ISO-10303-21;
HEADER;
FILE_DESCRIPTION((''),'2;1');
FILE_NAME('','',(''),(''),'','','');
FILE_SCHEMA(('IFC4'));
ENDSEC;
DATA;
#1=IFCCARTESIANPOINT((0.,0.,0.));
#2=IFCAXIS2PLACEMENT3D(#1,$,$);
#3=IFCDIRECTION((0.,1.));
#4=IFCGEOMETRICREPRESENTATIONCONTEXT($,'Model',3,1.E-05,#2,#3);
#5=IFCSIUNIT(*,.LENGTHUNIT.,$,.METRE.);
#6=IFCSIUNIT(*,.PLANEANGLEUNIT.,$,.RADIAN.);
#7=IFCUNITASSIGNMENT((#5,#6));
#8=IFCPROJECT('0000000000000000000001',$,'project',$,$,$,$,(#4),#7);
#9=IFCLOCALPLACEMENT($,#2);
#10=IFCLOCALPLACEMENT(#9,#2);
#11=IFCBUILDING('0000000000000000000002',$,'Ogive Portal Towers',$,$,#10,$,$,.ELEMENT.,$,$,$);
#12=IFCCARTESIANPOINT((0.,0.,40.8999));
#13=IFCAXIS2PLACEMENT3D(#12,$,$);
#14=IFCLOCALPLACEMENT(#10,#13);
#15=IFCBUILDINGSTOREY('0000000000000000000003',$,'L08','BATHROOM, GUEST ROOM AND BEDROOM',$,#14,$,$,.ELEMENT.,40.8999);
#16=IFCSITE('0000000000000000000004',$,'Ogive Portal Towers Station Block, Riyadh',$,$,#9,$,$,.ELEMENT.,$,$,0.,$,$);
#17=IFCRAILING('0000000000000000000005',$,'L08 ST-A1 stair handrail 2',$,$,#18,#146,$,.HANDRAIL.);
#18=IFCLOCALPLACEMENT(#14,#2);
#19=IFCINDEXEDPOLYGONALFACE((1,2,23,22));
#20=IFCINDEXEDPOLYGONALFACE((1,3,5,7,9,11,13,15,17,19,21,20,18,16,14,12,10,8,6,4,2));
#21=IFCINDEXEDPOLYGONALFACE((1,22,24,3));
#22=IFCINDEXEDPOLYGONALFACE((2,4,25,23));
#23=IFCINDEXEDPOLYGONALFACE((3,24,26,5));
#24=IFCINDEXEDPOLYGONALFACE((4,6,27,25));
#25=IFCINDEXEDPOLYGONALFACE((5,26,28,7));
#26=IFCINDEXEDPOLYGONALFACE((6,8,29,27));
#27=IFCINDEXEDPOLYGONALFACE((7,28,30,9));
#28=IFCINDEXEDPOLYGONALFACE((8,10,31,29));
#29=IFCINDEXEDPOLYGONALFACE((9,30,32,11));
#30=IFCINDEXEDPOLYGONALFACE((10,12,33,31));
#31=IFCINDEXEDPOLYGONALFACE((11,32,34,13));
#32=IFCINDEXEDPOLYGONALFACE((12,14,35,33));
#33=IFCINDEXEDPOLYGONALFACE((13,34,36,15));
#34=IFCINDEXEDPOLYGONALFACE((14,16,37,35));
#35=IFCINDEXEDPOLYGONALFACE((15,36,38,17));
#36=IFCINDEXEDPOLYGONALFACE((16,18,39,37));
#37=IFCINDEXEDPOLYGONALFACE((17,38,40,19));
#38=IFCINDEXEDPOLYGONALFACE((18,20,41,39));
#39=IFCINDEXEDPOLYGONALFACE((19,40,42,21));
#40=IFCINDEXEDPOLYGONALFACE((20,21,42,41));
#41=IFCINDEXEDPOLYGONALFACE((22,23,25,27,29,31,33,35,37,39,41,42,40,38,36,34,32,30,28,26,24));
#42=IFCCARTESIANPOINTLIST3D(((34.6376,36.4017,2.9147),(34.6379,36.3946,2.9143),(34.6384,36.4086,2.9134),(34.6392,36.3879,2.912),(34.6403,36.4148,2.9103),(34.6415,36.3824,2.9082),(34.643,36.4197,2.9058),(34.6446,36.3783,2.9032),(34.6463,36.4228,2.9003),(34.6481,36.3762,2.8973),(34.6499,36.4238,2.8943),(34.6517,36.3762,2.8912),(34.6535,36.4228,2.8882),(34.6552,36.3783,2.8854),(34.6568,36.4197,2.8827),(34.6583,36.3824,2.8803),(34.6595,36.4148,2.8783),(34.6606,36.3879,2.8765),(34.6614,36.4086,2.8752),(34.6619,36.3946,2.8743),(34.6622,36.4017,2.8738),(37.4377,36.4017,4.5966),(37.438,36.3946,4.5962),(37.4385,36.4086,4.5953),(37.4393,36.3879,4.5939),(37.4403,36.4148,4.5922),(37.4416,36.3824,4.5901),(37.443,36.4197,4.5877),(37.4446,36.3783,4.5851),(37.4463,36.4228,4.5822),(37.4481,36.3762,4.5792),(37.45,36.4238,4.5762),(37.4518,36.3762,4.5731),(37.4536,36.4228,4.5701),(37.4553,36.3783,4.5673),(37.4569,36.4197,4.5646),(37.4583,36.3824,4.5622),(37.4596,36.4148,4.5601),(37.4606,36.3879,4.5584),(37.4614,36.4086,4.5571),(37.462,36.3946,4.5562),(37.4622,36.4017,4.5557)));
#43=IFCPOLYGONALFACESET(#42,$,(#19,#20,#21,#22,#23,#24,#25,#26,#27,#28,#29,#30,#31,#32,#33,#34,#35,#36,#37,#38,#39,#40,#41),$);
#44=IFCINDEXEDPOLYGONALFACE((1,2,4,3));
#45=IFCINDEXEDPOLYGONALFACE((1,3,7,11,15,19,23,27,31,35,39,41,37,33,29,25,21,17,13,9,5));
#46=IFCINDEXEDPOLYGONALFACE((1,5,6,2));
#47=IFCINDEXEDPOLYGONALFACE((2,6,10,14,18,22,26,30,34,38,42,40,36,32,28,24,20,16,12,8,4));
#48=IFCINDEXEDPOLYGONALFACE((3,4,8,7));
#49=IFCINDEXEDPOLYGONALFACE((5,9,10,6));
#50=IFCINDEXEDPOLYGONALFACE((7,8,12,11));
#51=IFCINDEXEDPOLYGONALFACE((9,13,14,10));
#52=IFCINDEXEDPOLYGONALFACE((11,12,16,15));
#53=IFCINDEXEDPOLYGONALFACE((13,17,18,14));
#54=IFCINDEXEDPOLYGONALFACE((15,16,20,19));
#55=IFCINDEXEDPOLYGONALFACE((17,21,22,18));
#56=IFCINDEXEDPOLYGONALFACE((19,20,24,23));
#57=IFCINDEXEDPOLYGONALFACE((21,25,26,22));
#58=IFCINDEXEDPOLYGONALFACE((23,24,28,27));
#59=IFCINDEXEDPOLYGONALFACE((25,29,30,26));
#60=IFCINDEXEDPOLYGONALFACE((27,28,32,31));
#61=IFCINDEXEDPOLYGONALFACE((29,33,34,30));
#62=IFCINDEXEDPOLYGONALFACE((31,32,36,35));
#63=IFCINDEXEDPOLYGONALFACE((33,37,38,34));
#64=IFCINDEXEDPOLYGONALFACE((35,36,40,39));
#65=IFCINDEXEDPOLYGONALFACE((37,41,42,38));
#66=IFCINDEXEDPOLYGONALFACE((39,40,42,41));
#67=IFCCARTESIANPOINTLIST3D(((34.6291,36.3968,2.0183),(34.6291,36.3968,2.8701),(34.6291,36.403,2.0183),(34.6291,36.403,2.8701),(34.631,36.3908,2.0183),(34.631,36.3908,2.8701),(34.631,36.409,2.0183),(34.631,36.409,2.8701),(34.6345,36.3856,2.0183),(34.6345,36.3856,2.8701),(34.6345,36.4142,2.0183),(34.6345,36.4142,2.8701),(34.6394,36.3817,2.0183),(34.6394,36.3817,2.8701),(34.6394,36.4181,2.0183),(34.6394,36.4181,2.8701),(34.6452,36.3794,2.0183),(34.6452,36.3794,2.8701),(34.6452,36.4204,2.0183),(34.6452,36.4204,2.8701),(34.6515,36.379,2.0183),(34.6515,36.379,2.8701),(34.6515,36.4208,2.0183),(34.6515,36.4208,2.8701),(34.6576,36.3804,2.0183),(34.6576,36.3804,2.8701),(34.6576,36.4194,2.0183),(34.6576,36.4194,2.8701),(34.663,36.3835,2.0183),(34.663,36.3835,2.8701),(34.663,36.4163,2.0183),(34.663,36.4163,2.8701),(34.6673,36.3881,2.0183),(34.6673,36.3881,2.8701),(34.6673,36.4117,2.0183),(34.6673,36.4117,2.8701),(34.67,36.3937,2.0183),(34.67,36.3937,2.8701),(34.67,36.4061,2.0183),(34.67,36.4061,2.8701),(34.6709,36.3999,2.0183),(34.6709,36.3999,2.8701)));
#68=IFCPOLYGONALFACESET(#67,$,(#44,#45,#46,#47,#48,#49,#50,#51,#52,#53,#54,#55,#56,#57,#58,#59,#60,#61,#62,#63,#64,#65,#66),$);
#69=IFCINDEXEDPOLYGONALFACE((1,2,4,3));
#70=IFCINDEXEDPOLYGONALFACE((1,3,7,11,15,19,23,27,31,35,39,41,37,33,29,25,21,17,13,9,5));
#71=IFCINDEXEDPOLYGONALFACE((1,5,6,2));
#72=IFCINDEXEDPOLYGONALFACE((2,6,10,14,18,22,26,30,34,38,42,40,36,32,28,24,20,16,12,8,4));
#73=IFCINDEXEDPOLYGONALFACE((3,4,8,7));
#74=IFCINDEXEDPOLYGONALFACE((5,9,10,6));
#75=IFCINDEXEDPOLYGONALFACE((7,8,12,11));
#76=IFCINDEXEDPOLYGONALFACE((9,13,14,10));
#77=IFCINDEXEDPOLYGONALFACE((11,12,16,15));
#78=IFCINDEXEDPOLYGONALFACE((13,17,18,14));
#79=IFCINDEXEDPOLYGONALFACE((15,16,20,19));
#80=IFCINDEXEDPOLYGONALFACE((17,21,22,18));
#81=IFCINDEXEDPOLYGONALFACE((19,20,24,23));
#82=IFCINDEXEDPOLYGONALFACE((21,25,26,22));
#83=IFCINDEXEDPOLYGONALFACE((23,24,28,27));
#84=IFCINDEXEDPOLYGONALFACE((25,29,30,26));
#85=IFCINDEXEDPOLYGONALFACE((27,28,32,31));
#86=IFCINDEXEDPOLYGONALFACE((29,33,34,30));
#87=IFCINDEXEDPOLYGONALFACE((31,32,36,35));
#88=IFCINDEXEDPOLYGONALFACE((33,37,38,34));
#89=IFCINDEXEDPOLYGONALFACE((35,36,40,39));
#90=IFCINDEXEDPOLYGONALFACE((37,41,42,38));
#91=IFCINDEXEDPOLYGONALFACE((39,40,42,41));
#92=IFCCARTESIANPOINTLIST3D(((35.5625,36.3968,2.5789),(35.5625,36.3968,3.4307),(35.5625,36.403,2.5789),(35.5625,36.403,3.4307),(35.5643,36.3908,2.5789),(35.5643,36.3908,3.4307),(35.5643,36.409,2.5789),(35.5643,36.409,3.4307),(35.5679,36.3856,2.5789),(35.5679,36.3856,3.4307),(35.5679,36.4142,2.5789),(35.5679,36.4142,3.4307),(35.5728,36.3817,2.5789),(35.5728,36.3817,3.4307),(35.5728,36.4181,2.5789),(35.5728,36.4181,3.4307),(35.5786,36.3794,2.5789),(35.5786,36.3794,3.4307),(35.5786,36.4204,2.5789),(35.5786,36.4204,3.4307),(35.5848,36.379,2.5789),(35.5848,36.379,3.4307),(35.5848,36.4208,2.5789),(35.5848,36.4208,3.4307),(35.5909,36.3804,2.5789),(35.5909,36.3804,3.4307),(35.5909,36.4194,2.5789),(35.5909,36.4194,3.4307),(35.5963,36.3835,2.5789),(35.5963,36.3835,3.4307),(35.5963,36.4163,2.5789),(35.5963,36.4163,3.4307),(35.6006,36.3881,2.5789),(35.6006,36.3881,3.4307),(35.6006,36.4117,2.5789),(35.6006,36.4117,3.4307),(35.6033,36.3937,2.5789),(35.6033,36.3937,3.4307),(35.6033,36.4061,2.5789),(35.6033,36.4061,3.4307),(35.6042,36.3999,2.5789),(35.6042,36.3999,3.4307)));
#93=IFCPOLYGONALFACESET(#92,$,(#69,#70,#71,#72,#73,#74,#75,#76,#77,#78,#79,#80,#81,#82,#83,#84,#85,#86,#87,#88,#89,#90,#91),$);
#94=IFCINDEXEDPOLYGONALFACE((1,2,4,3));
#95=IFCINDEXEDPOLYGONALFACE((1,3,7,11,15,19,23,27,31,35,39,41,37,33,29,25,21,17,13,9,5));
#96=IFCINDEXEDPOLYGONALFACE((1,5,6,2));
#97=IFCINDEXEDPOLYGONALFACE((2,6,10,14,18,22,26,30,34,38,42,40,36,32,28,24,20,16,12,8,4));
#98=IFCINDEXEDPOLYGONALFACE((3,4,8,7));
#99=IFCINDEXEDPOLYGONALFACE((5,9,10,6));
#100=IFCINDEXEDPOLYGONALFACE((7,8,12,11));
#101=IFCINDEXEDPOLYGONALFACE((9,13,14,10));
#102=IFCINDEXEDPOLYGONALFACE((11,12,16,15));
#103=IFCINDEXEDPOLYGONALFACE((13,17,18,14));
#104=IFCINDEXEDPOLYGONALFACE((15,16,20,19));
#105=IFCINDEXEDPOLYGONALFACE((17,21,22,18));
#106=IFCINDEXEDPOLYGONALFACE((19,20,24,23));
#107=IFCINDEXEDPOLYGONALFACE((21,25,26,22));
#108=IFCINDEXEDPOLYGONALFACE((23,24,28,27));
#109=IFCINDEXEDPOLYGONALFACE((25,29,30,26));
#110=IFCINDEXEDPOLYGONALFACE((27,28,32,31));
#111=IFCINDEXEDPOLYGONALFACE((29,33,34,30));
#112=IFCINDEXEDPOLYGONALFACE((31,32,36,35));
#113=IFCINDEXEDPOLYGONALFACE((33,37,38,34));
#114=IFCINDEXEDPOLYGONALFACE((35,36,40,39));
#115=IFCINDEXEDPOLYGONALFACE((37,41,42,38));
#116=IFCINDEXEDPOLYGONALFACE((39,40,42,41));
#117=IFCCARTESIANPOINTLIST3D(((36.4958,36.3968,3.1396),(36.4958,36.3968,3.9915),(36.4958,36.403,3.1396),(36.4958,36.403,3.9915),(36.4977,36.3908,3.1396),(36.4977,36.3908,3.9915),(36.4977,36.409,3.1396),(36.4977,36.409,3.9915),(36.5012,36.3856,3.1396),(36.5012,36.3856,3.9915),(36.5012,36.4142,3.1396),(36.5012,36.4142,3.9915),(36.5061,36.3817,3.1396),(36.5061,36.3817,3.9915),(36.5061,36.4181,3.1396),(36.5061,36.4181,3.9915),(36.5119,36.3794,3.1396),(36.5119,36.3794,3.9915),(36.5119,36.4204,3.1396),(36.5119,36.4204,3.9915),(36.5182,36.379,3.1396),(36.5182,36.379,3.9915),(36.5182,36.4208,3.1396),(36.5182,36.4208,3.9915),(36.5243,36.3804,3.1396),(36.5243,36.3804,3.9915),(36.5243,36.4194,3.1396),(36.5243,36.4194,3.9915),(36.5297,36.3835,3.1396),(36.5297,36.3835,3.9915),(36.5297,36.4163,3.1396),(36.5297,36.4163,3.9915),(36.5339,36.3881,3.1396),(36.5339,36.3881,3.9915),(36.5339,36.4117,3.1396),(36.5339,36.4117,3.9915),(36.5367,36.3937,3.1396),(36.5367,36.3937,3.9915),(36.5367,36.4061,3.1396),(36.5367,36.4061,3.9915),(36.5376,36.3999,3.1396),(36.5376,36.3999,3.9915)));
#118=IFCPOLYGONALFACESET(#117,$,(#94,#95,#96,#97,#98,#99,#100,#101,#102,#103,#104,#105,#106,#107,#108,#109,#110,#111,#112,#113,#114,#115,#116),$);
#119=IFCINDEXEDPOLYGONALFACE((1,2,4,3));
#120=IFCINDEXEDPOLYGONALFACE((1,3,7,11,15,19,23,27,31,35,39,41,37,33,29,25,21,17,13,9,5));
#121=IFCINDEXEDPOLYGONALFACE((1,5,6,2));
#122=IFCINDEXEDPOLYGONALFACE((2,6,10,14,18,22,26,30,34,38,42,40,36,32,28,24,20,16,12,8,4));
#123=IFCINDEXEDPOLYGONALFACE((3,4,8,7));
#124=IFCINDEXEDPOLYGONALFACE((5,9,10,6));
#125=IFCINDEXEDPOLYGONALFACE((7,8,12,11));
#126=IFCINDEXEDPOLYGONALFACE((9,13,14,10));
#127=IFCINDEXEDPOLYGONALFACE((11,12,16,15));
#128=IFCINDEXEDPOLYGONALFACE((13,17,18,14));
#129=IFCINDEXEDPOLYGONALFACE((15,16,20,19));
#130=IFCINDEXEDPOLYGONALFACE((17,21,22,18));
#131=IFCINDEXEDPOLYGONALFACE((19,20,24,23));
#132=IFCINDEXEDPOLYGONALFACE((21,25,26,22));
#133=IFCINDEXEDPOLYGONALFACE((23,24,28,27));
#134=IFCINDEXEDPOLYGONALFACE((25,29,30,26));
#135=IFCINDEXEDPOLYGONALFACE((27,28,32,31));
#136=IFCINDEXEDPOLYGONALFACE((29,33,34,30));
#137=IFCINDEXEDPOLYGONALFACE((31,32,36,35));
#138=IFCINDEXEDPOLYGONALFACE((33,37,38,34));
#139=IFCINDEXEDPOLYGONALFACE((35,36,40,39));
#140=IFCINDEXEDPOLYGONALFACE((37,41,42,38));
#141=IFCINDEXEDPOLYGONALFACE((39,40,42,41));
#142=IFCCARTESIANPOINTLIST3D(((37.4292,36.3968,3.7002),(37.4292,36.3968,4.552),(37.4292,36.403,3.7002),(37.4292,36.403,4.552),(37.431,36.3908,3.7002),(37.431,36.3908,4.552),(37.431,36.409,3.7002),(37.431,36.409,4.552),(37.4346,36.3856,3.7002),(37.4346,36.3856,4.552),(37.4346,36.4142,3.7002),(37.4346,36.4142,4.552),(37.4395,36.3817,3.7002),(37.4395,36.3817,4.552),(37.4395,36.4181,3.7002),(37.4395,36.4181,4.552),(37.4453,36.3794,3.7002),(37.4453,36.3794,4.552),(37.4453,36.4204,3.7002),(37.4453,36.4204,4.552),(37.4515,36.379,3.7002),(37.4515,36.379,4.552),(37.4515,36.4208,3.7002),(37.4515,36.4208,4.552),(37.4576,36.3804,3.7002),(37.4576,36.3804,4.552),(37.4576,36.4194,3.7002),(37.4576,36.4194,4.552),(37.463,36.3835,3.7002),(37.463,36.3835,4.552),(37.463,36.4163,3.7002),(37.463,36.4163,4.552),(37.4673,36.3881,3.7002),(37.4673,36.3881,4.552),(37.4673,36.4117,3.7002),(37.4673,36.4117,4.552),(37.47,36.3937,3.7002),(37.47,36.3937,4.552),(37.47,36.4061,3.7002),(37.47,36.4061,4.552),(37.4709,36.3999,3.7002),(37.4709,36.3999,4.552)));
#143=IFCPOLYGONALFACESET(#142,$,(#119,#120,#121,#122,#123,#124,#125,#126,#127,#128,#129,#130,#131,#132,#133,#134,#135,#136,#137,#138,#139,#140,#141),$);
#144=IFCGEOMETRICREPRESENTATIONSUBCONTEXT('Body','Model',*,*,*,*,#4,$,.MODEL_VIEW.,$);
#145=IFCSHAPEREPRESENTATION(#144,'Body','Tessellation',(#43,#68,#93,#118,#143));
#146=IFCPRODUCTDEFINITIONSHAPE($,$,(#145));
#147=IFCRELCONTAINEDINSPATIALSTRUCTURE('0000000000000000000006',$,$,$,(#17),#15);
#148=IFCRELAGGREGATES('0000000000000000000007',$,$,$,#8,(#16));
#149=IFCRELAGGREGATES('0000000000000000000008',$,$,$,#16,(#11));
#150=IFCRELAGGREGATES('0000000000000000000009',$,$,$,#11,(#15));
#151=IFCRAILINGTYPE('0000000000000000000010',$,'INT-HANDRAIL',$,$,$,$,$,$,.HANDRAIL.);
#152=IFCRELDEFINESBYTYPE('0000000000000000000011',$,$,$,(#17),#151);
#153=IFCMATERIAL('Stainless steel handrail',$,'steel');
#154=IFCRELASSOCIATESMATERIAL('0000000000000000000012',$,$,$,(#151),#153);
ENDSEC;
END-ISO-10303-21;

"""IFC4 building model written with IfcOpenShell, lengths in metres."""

from ifc_helpers import new_model, si_unit, direction, frame, origin, origin_2d, place, context, subcontext, project, spatial, circle, extrude, material, type_object, element, save


model = new_model("IFC4")

# Units and contexts
model_context = context("Model", 3, precision=1e-05, world=origin(), true_north=direction((0.0, 1.0)))
body_context = subcontext(model_context, "Body", "Model", "MODEL_VIEW")
ifc_project = project(units=[si_unit("LENGTHUNIT", "METRE"), si_unit("PLANEANGLEUNIT", "RADIAN")], contexts=[model_context])

# Site, building, storey
site_placement = place(None, origin())
site = spatial("IfcSite", under=ifc_project, at=site_placement, Name="Ogive Portal Towers Station Block, Riyadh", CompositionType="ELEMENT", RefElevation=0.0)
building_placement = place(site_placement, origin())
building = spatial("IfcBuilding", under=site, at=building_placement, Name="Ogive Portal Towers", CompositionType="ELEMENT")
storey_placement = place(building_placement, frame((0.0, 0.0, 40.8999)))
storey = spatial("IfcBuildingStorey", under=building, at=storey_placement, Name="L08", Description="BATHROOM, GUEST ROOM AND BEDROOM", CompositionType="ELEMENT", Elevation=40.8999)

# Railing
ifc_material_1 = material(Name="Stainless steel handrail", Category="steel")
railing_type_1 = type_object("IfcRailingType", Name="INT-HANDRAIL", PredefinedType="HANDRAIL", material=ifc_material_1)
railing_1_placement = place(storey_placement, frame((34.6499, 36.3999, 2.0183)))
element("IfcRailing", 1, at=railing_1_placement, inside=storey, type_object=railing_type_1, Name="L08 ST-A1 stair handrail 2", PredefinedType="HANDRAIL", context=body_context, shape_type="SweptSolid", body=[
    extrude(circle(Radius=0.0239, at=origin_2d()), frame((0.0, 0.0, 0.876), z_axis=(0.857242, 0.0, 0.514913), x_axis=(0.0, 1.0, 0.0)), (0.0, 0.0, 1.0), 3.2664),
    extrude(circle(Radius=0.021, at=origin_2d()), origin(), (0.0, 0.0, 1.0), 0.8518),
    extrude(circle(Radius=0.021, at=origin_2d()), frame((0.9333, 0.0, 0.5605)), (0.0, 0.0, 1.0), 0.8518),
    extrude(circle(Radius=0.021, at=origin_2d()), frame((1.8667, 0.0, 1.1213)), (0.0, 0.0, 1.0), 0.8518),
    extrude(circle(Radius=0.021, at=origin_2d()), frame((2.8, 0.0, 1.6819)), (0.0, 0.0, 1.0), 0.8518),
])

save(model, "model.ifc")
